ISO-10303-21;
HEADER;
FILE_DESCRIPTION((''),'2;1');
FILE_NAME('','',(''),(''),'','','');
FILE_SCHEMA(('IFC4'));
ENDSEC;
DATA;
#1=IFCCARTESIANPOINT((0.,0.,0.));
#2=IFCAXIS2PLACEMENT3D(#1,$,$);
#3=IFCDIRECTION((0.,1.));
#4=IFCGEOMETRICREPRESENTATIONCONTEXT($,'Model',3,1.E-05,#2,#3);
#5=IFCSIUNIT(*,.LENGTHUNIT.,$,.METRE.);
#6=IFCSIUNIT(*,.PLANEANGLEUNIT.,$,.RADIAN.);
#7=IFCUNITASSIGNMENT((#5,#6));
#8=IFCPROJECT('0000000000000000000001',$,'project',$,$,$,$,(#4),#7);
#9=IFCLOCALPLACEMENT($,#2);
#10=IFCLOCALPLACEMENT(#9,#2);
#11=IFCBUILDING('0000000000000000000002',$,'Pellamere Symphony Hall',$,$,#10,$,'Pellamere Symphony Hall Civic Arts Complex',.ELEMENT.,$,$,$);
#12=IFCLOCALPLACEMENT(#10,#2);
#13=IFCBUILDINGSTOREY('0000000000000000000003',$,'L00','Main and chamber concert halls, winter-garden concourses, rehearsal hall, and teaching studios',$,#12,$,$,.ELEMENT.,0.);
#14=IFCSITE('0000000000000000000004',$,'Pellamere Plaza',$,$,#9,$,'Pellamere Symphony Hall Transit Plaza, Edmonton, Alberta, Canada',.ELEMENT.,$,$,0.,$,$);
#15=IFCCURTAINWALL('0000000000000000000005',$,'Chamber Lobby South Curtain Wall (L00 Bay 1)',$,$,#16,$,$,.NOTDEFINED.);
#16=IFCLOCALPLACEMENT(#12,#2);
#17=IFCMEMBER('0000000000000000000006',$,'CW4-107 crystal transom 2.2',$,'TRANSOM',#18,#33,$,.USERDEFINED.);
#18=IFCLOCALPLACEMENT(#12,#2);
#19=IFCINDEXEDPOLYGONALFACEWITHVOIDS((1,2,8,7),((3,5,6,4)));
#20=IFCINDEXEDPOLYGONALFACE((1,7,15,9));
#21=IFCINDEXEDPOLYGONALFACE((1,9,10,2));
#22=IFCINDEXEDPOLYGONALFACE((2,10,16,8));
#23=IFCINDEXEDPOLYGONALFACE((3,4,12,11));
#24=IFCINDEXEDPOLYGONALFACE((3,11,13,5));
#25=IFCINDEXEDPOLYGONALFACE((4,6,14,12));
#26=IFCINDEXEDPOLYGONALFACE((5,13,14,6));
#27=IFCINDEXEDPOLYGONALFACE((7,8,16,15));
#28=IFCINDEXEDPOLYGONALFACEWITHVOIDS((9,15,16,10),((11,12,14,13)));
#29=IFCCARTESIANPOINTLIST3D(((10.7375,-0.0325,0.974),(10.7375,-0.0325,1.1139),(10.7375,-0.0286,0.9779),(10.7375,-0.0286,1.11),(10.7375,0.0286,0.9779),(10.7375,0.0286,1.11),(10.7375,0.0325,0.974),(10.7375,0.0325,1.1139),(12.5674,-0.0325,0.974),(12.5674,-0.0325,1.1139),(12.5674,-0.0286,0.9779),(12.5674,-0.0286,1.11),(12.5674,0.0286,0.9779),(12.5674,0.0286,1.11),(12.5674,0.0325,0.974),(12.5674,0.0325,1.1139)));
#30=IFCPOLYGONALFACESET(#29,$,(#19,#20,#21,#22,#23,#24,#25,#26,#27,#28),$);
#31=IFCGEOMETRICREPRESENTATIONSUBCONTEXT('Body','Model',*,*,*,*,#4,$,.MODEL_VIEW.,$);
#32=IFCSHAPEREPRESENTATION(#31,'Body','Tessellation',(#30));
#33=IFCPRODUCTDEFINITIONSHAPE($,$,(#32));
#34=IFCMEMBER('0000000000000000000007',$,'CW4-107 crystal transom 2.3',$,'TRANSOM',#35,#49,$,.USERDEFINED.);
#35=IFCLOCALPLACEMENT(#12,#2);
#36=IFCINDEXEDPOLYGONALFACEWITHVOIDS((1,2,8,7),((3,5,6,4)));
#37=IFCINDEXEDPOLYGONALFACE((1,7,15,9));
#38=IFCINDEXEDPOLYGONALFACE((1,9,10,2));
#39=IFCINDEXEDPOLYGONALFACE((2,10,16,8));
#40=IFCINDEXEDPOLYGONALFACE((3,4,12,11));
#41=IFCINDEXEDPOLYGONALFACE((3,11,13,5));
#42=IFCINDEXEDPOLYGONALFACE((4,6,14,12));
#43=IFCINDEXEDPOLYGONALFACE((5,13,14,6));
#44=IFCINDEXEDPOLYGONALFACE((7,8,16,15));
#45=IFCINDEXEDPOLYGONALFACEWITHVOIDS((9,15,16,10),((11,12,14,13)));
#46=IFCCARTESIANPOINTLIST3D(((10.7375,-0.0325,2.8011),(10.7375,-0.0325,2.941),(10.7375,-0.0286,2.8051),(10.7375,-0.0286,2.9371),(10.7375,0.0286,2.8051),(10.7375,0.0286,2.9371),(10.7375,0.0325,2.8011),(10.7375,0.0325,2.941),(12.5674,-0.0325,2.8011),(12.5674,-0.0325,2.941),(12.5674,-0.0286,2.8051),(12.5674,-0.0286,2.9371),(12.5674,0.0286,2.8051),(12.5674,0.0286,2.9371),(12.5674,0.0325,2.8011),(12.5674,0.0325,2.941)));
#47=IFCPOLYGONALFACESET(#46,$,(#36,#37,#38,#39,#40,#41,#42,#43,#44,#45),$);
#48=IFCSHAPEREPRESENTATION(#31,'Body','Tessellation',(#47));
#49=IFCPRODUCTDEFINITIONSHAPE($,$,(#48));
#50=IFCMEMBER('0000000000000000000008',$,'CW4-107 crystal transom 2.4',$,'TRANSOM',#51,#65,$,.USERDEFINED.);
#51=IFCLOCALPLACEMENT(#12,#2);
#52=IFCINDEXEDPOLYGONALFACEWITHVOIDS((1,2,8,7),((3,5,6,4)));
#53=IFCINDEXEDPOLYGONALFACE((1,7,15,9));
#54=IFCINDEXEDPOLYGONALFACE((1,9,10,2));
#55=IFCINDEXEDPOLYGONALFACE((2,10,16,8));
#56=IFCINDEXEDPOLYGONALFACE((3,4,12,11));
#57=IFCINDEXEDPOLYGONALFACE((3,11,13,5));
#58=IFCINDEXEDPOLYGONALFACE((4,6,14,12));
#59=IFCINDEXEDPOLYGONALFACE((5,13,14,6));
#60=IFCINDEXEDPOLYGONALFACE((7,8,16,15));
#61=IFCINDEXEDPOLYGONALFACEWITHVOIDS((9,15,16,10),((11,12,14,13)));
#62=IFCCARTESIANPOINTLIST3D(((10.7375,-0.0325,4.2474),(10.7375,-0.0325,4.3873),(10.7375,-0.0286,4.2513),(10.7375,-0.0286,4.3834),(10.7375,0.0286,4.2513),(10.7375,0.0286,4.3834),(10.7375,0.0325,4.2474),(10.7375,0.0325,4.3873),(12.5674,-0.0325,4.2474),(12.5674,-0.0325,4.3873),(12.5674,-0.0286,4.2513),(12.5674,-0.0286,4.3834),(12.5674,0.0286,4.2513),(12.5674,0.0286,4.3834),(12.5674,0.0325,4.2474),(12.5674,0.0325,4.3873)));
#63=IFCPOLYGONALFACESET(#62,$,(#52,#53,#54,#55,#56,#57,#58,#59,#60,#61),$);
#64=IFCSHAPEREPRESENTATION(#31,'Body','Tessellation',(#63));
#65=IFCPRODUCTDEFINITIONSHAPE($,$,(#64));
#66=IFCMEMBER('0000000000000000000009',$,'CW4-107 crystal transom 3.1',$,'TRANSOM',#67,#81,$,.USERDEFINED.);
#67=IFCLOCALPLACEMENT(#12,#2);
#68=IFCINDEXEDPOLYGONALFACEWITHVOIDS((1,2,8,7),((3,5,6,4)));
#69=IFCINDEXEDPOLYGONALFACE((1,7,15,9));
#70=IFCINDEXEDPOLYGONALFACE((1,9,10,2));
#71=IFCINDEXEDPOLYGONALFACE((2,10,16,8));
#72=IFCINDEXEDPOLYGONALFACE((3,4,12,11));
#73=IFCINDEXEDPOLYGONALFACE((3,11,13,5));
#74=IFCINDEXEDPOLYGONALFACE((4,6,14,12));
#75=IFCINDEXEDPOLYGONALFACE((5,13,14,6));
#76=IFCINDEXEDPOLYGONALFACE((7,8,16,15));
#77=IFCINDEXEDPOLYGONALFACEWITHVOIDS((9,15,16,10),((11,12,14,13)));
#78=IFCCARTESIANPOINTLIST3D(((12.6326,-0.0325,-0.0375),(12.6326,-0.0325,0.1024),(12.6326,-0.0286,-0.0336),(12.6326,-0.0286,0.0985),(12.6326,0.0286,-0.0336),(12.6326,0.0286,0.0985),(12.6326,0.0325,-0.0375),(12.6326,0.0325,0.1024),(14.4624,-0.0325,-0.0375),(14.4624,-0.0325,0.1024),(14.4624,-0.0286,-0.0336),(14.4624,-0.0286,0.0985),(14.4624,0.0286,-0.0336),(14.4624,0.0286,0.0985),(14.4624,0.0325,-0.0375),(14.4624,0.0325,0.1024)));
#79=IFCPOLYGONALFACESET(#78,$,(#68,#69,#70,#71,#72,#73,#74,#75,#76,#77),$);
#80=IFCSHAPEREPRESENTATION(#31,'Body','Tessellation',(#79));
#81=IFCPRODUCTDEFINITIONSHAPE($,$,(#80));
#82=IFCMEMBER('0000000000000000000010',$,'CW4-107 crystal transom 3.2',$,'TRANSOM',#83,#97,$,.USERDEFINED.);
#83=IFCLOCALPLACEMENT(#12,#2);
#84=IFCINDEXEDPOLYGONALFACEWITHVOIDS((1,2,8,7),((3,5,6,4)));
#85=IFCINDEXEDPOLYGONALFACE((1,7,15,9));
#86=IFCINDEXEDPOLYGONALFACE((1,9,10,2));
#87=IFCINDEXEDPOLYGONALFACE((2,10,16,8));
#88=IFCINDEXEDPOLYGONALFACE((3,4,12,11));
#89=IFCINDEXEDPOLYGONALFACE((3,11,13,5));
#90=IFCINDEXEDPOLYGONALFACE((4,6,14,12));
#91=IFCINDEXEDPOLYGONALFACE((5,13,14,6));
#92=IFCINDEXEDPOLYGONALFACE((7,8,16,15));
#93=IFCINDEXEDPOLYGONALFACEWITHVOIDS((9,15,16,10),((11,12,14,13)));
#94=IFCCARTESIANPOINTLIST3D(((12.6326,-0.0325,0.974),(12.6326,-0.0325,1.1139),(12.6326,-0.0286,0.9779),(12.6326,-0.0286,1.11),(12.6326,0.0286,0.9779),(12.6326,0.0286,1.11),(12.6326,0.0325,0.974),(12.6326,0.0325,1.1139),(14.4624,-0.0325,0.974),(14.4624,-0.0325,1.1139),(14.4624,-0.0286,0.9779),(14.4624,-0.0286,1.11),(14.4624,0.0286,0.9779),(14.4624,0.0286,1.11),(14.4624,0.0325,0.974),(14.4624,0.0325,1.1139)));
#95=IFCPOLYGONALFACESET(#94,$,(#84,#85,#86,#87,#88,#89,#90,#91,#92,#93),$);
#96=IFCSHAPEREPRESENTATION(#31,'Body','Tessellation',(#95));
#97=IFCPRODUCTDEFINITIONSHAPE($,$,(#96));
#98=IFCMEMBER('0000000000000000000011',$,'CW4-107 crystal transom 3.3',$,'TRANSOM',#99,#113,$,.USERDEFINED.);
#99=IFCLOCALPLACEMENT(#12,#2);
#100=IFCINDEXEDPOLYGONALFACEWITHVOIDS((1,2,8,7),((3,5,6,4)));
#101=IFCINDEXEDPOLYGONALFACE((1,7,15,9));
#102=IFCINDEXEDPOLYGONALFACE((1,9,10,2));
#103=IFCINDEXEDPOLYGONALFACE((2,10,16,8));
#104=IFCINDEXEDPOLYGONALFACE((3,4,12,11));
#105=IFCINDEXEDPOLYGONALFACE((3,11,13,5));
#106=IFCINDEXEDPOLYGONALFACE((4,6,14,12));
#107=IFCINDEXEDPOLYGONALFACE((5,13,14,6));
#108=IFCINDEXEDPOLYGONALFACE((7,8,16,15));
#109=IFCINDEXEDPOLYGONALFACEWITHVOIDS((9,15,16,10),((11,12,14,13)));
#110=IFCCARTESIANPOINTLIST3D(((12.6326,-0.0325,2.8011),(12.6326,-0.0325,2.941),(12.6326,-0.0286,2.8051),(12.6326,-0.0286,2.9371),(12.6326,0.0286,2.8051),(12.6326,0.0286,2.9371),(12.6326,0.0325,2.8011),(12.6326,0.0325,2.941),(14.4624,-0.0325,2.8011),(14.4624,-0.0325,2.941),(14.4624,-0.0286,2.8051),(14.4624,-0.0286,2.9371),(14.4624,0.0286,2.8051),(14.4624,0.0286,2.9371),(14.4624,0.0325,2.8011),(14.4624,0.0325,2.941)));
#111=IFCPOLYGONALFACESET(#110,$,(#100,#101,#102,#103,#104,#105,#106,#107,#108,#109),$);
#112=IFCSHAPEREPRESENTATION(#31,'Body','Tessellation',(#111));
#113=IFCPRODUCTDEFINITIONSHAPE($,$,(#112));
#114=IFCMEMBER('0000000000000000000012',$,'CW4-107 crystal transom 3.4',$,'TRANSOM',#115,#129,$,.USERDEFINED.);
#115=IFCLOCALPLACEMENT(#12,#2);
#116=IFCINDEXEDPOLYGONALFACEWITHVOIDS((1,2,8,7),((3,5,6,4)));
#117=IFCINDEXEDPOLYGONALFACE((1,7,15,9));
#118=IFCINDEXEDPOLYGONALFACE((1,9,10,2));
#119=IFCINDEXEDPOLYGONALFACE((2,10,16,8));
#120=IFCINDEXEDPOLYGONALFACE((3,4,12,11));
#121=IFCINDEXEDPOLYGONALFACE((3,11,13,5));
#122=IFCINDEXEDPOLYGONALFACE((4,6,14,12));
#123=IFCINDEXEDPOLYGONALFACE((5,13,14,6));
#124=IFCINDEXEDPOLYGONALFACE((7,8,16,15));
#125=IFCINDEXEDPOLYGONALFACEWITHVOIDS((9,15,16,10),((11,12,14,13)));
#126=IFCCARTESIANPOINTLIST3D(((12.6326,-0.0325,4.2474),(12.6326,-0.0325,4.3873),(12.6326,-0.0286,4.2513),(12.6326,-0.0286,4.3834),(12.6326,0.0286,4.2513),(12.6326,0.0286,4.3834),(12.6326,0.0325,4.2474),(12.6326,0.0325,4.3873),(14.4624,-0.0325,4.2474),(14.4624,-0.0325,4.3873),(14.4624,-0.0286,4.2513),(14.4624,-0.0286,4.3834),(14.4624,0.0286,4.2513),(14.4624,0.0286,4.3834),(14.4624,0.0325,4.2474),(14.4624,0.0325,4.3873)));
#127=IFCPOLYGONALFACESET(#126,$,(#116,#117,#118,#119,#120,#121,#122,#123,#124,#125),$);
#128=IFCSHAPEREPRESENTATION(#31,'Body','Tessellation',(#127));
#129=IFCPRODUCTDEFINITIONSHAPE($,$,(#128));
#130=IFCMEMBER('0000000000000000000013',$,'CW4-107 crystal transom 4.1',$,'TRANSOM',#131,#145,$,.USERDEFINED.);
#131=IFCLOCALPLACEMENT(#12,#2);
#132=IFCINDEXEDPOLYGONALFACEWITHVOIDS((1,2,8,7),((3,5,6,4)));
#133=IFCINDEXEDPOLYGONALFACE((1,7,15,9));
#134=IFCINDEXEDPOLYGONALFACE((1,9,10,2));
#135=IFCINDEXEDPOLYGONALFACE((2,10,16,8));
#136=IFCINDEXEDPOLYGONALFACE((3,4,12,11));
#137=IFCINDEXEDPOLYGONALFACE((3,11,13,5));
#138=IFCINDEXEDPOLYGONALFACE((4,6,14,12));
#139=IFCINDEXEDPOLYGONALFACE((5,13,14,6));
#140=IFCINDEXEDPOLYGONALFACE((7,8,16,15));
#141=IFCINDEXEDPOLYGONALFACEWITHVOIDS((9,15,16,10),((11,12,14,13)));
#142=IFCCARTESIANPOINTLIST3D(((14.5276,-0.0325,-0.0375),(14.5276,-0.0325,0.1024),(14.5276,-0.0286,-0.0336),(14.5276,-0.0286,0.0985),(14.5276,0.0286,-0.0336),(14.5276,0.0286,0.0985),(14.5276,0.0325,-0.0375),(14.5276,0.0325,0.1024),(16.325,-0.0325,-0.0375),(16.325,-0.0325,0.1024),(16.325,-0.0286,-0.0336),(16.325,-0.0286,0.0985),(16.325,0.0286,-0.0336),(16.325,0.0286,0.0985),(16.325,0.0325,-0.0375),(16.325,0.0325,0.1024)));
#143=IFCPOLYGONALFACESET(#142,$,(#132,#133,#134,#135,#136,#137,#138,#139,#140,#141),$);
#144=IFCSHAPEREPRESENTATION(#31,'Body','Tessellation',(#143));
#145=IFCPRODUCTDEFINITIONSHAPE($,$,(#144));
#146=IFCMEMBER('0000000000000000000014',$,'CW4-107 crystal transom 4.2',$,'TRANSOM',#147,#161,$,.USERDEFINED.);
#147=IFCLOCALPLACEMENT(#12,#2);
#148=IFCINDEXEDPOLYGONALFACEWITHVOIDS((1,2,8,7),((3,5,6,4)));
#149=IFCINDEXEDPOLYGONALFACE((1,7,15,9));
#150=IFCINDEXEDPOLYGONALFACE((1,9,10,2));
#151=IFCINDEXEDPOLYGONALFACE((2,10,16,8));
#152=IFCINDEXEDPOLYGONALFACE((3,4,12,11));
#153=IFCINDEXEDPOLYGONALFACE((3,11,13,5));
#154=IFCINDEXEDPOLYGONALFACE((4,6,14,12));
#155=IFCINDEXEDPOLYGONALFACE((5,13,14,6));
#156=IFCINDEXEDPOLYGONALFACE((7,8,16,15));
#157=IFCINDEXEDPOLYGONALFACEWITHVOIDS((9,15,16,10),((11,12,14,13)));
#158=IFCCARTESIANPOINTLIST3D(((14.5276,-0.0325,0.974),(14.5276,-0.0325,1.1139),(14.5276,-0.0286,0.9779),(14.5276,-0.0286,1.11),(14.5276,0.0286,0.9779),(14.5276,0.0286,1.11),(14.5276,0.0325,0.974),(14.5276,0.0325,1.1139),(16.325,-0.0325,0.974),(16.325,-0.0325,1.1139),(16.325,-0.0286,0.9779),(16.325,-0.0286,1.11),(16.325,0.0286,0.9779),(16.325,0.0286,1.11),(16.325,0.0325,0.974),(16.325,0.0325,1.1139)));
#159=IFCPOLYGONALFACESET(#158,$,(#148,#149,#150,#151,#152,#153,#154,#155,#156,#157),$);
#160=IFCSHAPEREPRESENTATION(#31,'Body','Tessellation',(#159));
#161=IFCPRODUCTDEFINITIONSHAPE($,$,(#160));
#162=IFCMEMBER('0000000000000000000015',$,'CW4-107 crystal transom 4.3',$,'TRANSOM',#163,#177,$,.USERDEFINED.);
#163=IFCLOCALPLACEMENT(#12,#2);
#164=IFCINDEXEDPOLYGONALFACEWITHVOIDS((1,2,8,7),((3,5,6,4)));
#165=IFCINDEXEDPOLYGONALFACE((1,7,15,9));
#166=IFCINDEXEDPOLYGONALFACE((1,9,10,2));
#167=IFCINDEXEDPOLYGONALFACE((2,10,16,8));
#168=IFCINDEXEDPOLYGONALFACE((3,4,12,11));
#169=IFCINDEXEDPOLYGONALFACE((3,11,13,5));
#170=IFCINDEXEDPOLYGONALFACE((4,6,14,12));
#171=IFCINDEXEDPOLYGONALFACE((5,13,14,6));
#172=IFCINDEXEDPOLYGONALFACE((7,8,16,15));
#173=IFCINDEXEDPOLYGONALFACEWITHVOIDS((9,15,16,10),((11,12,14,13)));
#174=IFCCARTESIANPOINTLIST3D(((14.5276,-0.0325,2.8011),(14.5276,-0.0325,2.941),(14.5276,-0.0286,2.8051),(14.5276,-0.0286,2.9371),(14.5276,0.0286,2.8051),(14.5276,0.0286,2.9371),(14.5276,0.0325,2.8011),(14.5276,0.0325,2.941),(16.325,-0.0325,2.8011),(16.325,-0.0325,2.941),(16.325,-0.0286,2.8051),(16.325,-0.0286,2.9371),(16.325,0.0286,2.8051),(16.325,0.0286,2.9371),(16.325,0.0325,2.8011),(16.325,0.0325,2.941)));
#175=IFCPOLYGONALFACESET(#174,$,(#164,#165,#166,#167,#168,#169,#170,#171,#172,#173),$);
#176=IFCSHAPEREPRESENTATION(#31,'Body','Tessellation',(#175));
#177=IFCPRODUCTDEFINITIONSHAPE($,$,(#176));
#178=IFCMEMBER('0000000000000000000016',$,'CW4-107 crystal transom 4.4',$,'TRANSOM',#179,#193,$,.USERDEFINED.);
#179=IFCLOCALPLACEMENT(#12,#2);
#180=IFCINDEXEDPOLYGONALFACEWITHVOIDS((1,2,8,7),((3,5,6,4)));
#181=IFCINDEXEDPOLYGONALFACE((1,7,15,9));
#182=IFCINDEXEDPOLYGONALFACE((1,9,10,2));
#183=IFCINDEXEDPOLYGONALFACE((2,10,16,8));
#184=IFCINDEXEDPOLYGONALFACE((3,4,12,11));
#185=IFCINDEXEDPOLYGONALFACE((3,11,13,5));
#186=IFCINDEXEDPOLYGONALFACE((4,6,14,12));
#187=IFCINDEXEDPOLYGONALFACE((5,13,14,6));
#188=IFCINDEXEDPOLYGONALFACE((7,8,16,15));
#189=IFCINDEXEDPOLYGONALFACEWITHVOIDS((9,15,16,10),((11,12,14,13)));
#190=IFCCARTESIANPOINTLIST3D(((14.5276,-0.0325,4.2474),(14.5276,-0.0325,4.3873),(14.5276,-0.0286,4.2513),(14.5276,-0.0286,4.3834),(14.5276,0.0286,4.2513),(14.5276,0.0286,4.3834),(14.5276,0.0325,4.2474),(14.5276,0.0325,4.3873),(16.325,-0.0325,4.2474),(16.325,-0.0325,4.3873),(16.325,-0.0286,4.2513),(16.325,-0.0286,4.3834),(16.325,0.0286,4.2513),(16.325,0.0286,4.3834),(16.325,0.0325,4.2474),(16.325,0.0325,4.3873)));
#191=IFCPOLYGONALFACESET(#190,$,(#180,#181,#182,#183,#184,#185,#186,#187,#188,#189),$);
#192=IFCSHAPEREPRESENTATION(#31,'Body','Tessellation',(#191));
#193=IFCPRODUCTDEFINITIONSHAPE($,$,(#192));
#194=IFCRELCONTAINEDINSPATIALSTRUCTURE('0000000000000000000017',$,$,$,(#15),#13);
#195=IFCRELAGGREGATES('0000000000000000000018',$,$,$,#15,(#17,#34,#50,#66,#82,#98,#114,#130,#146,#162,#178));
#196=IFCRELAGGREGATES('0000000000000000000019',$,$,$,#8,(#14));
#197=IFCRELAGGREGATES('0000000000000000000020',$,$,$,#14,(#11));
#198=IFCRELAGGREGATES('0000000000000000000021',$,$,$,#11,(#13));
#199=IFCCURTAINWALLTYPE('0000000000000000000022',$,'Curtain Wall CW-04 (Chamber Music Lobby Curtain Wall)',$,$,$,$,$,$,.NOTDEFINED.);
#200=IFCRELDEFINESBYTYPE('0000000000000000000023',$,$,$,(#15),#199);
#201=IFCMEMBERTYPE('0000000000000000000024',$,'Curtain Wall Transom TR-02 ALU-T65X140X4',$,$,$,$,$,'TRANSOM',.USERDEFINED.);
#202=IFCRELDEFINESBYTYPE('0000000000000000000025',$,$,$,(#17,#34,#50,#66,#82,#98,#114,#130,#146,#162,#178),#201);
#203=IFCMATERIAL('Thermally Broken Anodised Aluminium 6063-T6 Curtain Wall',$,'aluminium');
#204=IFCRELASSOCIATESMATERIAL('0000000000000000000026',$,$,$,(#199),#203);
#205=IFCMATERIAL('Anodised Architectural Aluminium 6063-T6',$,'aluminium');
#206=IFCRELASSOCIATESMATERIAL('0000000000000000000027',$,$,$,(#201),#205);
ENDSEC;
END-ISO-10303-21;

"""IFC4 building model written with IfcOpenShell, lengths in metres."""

from ifc_helpers import new_model, si_unit, direction, frame, origin, origin_2d, place, context, subcontext, project, spatial, hollow_rectangle, extrude, material, material_profile, profile_set, type_object, element, aggregate, save


model = new_model("IFC4")

# Units and contexts
model_context = context("Model", 3, precision=1e-05, world=origin(), true_north=direction((0.0, 1.0)))
body_context = subcontext(model_context, "Body", "Model", "MODEL_VIEW")
ifc_project = project(units=[si_unit("LENGTHUNIT", "METRE"), si_unit("PLANEANGLEUNIT", "RADIAN")], contexts=[model_context])

# Site, building, storey
site_placement = place(None, origin())
site = spatial("IfcSite", under=ifc_project, at=site_placement, Name="Pellamere Plaza", LongName="Pellamere Symphony Hall Transit Plaza, Edmonton, Alberta, Canada", CompositionType="ELEMENT", RefElevation=0.0)
building_placement = place(site_placement, origin())
building = spatial("IfcBuilding", under=site, at=building_placement, Name="Pellamere Symphony Hall", LongName="Pellamere Symphony Hall Civic Arts Complex", CompositionType="ELEMENT")
storey_placement = place(building_placement, origin())
storey = spatial("IfcBuildingStorey", under=building, at=storey_placement, Name="L00", Description="Main and chamber concert halls, winter-garden concourses, rehearsal hall, and teaching studios", CompositionType="ELEMENT", Elevation=0.0)

# Curtain wall, members
ifc_material_1 = material(Name="Thermally Broken Anodised Aluminium 6063-T6 Curtain Wall", Category="aluminium")
curtain_wall_type = type_object("IfcCurtainWallType", Name="Curtain Wall CW-04 (Chamber Music Lobby Curtain Wall)", PredefinedType="NOTDEFINED", material=ifc_material_1)
curtain_wall_placement = place(storey_placement, origin())
curtain_wall = element("IfcCurtainWall", 1, at=curtain_wall_placement, inside=storey, type_object=curtain_wall_type, Name="Chamber Lobby South Curtain Wall (L00 Bay 1)", PredefinedType="NOTDEFINED")
ifc_material_2 = material(Name="Anodised Architectural Aluminium 6063-T6", Category="aluminium")
ifc_material_profile_1 = material_profile(ifc_material_2, hollow_rectangle(XDim=0.0649, YDim=0.1399, WallThickness=0.0039, at=origin_2d()), Name="ALU-T65X140X4")
ifc_profile_set_1 = profile_set([ifc_material_profile_1], Name="Anodised Architectural Aluminium 6063-T6")
member_type_1 = type_object("IfcMemberType", Name="Curtain Wall Transom TR-02 ALU-T65X140X4", ElementType="TRANSOM", PredefinedType="USERDEFINED", material=ifc_profile_set_1)
member_1_placement = place(storey_placement, frame((10.7375, 0.0, 1.0439), z_axis=(1.0, 0.0, 0.0), x_axis=(0.0, 1.0, 0.0)))
member_1 = element("IfcMember", 2, at=member_1_placement, type_object=member_type_1, Name="CW4-107 crystal transom 2.2", ObjectType="TRANSOM", PredefinedType="USERDEFINED", context=body_context, shape_type="SweptSolid", body=[
    extrude(hollow_rectangle(XDim=0.0649, YDim=0.1399, WallThickness=0.0039, at=origin_2d()), origin(), (0.0, 0.0, 1.0), 1.8298),
])
member_2_placement = place(storey_placement, frame((10.7375, 0.0, 2.8711), z_axis=(1.0, 0.0, 0.0), x_axis=(0.0, 1.0, 0.0)))
member_2 = element("IfcMember", 3, at=member_2_placement, type_object=member_type_1, Name="CW4-107 crystal transom 2.3", ObjectType="TRANSOM", PredefinedType="USERDEFINED", context=body_context, shape_type="SweptSolid", body=[
    extrude(hollow_rectangle(XDim=0.0649, YDim=0.1399, WallThickness=0.0039, at=origin_2d()), origin(), (0.0, 0.0, 1.0), 1.8298),
])
member_3_placement = place(storey_placement, frame((10.7375, 0.0, 4.3174), z_axis=(1.0, 0.0, 0.0), x_axis=(0.0, 1.0, 0.0)))
member_3 = element("IfcMember", 4, at=member_3_placement, type_object=member_type_1, Name="CW4-107 crystal transom 2.4", ObjectType="TRANSOM", PredefinedType="USERDEFINED", context=body_context, shape_type="SweptSolid", body=[
    extrude(hollow_rectangle(XDim=0.0649, YDim=0.1399, WallThickness=0.0039, at=origin_2d()), origin(), (0.0, 0.0, 1.0), 1.8298),
])
member_4_placement = place(storey_placement, frame((12.6326, 0.0, 0.0325), z_axis=(1.0, 0.0, 0.0), x_axis=(0.0, 1.0, 0.0)))
member_4 = element("IfcMember", 5, at=member_4_placement, type_object=member_type_1, Name="CW4-107 crystal transom 3.1", ObjectType="TRANSOM", PredefinedType="USERDEFINED", context=body_context, shape_type="SweptSolid", body=[
    extrude(hollow_rectangle(XDim=0.0649, YDim=0.1399, WallThickness=0.0039, at=origin_2d()), origin(), (0.0, 0.0, 1.0), 1.8298),
])
member_5_placement = place(storey_placement, frame((12.6326, 0.0, 1.0439), z_axis=(1.0, 0.0, 0.0), x_axis=(0.0, 1.0, 0.0)))
member_5 = element("IfcMember", 6, at=member_5_placement, type_object=member_type_1, Name="CW4-107 crystal transom 3.2", ObjectType="TRANSOM", PredefinedType="USERDEFINED", context=body_context, shape_type="SweptSolid", body=[
    extrude(hollow_rectangle(XDim=0.0649, YDim=0.1399, WallThickness=0.0039, at=origin_2d()), origin(), (0.0, 0.0, 1.0), 1.8298),
])
member_6_placement = place(storey_placement, frame((12.6326, 0.0, 2.8711), z_axis=(1.0, 0.0, 0.0), x_axis=(0.0, 1.0, 0.0)))
member_6 = element("IfcMember", 7, at=member_6_placement, type_object=member_type_1, Name="CW4-107 crystal transom 3.3", ObjectType="TRANSOM", PredefinedType="USERDEFINED", context=body_context, shape_type="SweptSolid", body=[
    extrude(hollow_rectangle(XDim=0.0649, YDim=0.1399, WallThickness=0.0039, at=origin_2d()), origin(), (0.0, 0.0, 1.0), 1.8298),
])
member_7_placement = place(storey_placement, frame((12.6326, 0.0, 4.3174), z_axis=(1.0, 0.0, 0.0), x_axis=(0.0, 1.0, 0.0)))
member_7 = element("IfcMember", 8, at=member_7_placement, type_object=member_type_1, Name="CW4-107 crystal transom 3.4", ObjectType="TRANSOM", PredefinedType="USERDEFINED", context=body_context, shape_type="SweptSolid", body=[
    extrude(hollow_rectangle(XDim=0.0649, YDim=0.1399, WallThickness=0.0039, at=origin_2d()), origin(), (0.0, 0.0, 1.0), 1.8298),
])
member_8_placement = place(storey_placement, frame((14.5276, 0.0, 0.0325), z_axis=(1.0, 0.0, 0.0), x_axis=(0.0, 1.0, 0.0)))
member_8 = element("IfcMember", 9, at=member_8_placement, type_object=member_type_1, Name="CW4-107 crystal transom 4.1", ObjectType="TRANSOM", PredefinedType="USERDEFINED", context=body_context, shape_type="SweptSolid", body=[
    extrude(hollow_rectangle(XDim=0.0649, YDim=0.1399, WallThickness=0.0039, at=origin_2d()), origin(), (0.0, 0.0, 1.0), 1.7974),
])
member_9_placement = place(storey_placement, frame((14.5276, 0.0, 1.0439), z_axis=(1.0, 0.0, 0.0), x_axis=(0.0, 1.0, 0.0)))
member_9 = element("IfcMember", 10, at=member_9_placement, type_object=member_type_1, Name="CW4-107 crystal transom 4.2", ObjectType="TRANSOM", PredefinedType="USERDEFINED", context=body_context, shape_type="SweptSolid", body=[
    extrude(hollow_rectangle(XDim=0.0649, YDim=0.1399, WallThickness=0.0039, at=origin_2d()), origin(), (0.0, 0.0, 1.0), 1.7974),
])
member_10_placement = place(storey_placement, frame((14.5276, 0.0, 2.8711), z_axis=(1.0, 0.0, 0.0), x_axis=(0.0, 1.0, 0.0)))
member_10 = element("IfcMember", 11, at=member_10_placement, type_object=member_type_1, Name="CW4-107 crystal transom 4.3", ObjectType="TRANSOM", PredefinedType="USERDEFINED", context=body_context, shape_type="SweptSolid", body=[
    extrude(hollow_rectangle(XDim=0.0649, YDim=0.1399, WallThickness=0.0039, at=origin_2d()), origin(), (0.0, 0.0, 1.0), 1.7974),
])
member_11_placement = place(storey_placement, frame((14.5276, 0.0, 4.3174), z_axis=(1.0, 0.0, 0.0), x_axis=(0.0, 1.0, 0.0)))
member_11 = element("IfcMember", 12, at=member_11_placement, type_object=member_type_1, Name="CW4-107 crystal transom 4.4", ObjectType="TRANSOM", PredefinedType="USERDEFINED", context=body_context, shape_type="SweptSolid", body=[
    extrude(hollow_rectangle(XDim=0.0649, YDim=0.1399, WallThickness=0.0039, at=origin_2d()), origin(), (0.0, 0.0, 1.0), 1.7974),
])

aggregate(curtain_wall, [member_1, member_2, member_3, member_4, member_5, member_6, member_7, member_8, member_9, member_10, member_11])

save(model, "model.ifc")
